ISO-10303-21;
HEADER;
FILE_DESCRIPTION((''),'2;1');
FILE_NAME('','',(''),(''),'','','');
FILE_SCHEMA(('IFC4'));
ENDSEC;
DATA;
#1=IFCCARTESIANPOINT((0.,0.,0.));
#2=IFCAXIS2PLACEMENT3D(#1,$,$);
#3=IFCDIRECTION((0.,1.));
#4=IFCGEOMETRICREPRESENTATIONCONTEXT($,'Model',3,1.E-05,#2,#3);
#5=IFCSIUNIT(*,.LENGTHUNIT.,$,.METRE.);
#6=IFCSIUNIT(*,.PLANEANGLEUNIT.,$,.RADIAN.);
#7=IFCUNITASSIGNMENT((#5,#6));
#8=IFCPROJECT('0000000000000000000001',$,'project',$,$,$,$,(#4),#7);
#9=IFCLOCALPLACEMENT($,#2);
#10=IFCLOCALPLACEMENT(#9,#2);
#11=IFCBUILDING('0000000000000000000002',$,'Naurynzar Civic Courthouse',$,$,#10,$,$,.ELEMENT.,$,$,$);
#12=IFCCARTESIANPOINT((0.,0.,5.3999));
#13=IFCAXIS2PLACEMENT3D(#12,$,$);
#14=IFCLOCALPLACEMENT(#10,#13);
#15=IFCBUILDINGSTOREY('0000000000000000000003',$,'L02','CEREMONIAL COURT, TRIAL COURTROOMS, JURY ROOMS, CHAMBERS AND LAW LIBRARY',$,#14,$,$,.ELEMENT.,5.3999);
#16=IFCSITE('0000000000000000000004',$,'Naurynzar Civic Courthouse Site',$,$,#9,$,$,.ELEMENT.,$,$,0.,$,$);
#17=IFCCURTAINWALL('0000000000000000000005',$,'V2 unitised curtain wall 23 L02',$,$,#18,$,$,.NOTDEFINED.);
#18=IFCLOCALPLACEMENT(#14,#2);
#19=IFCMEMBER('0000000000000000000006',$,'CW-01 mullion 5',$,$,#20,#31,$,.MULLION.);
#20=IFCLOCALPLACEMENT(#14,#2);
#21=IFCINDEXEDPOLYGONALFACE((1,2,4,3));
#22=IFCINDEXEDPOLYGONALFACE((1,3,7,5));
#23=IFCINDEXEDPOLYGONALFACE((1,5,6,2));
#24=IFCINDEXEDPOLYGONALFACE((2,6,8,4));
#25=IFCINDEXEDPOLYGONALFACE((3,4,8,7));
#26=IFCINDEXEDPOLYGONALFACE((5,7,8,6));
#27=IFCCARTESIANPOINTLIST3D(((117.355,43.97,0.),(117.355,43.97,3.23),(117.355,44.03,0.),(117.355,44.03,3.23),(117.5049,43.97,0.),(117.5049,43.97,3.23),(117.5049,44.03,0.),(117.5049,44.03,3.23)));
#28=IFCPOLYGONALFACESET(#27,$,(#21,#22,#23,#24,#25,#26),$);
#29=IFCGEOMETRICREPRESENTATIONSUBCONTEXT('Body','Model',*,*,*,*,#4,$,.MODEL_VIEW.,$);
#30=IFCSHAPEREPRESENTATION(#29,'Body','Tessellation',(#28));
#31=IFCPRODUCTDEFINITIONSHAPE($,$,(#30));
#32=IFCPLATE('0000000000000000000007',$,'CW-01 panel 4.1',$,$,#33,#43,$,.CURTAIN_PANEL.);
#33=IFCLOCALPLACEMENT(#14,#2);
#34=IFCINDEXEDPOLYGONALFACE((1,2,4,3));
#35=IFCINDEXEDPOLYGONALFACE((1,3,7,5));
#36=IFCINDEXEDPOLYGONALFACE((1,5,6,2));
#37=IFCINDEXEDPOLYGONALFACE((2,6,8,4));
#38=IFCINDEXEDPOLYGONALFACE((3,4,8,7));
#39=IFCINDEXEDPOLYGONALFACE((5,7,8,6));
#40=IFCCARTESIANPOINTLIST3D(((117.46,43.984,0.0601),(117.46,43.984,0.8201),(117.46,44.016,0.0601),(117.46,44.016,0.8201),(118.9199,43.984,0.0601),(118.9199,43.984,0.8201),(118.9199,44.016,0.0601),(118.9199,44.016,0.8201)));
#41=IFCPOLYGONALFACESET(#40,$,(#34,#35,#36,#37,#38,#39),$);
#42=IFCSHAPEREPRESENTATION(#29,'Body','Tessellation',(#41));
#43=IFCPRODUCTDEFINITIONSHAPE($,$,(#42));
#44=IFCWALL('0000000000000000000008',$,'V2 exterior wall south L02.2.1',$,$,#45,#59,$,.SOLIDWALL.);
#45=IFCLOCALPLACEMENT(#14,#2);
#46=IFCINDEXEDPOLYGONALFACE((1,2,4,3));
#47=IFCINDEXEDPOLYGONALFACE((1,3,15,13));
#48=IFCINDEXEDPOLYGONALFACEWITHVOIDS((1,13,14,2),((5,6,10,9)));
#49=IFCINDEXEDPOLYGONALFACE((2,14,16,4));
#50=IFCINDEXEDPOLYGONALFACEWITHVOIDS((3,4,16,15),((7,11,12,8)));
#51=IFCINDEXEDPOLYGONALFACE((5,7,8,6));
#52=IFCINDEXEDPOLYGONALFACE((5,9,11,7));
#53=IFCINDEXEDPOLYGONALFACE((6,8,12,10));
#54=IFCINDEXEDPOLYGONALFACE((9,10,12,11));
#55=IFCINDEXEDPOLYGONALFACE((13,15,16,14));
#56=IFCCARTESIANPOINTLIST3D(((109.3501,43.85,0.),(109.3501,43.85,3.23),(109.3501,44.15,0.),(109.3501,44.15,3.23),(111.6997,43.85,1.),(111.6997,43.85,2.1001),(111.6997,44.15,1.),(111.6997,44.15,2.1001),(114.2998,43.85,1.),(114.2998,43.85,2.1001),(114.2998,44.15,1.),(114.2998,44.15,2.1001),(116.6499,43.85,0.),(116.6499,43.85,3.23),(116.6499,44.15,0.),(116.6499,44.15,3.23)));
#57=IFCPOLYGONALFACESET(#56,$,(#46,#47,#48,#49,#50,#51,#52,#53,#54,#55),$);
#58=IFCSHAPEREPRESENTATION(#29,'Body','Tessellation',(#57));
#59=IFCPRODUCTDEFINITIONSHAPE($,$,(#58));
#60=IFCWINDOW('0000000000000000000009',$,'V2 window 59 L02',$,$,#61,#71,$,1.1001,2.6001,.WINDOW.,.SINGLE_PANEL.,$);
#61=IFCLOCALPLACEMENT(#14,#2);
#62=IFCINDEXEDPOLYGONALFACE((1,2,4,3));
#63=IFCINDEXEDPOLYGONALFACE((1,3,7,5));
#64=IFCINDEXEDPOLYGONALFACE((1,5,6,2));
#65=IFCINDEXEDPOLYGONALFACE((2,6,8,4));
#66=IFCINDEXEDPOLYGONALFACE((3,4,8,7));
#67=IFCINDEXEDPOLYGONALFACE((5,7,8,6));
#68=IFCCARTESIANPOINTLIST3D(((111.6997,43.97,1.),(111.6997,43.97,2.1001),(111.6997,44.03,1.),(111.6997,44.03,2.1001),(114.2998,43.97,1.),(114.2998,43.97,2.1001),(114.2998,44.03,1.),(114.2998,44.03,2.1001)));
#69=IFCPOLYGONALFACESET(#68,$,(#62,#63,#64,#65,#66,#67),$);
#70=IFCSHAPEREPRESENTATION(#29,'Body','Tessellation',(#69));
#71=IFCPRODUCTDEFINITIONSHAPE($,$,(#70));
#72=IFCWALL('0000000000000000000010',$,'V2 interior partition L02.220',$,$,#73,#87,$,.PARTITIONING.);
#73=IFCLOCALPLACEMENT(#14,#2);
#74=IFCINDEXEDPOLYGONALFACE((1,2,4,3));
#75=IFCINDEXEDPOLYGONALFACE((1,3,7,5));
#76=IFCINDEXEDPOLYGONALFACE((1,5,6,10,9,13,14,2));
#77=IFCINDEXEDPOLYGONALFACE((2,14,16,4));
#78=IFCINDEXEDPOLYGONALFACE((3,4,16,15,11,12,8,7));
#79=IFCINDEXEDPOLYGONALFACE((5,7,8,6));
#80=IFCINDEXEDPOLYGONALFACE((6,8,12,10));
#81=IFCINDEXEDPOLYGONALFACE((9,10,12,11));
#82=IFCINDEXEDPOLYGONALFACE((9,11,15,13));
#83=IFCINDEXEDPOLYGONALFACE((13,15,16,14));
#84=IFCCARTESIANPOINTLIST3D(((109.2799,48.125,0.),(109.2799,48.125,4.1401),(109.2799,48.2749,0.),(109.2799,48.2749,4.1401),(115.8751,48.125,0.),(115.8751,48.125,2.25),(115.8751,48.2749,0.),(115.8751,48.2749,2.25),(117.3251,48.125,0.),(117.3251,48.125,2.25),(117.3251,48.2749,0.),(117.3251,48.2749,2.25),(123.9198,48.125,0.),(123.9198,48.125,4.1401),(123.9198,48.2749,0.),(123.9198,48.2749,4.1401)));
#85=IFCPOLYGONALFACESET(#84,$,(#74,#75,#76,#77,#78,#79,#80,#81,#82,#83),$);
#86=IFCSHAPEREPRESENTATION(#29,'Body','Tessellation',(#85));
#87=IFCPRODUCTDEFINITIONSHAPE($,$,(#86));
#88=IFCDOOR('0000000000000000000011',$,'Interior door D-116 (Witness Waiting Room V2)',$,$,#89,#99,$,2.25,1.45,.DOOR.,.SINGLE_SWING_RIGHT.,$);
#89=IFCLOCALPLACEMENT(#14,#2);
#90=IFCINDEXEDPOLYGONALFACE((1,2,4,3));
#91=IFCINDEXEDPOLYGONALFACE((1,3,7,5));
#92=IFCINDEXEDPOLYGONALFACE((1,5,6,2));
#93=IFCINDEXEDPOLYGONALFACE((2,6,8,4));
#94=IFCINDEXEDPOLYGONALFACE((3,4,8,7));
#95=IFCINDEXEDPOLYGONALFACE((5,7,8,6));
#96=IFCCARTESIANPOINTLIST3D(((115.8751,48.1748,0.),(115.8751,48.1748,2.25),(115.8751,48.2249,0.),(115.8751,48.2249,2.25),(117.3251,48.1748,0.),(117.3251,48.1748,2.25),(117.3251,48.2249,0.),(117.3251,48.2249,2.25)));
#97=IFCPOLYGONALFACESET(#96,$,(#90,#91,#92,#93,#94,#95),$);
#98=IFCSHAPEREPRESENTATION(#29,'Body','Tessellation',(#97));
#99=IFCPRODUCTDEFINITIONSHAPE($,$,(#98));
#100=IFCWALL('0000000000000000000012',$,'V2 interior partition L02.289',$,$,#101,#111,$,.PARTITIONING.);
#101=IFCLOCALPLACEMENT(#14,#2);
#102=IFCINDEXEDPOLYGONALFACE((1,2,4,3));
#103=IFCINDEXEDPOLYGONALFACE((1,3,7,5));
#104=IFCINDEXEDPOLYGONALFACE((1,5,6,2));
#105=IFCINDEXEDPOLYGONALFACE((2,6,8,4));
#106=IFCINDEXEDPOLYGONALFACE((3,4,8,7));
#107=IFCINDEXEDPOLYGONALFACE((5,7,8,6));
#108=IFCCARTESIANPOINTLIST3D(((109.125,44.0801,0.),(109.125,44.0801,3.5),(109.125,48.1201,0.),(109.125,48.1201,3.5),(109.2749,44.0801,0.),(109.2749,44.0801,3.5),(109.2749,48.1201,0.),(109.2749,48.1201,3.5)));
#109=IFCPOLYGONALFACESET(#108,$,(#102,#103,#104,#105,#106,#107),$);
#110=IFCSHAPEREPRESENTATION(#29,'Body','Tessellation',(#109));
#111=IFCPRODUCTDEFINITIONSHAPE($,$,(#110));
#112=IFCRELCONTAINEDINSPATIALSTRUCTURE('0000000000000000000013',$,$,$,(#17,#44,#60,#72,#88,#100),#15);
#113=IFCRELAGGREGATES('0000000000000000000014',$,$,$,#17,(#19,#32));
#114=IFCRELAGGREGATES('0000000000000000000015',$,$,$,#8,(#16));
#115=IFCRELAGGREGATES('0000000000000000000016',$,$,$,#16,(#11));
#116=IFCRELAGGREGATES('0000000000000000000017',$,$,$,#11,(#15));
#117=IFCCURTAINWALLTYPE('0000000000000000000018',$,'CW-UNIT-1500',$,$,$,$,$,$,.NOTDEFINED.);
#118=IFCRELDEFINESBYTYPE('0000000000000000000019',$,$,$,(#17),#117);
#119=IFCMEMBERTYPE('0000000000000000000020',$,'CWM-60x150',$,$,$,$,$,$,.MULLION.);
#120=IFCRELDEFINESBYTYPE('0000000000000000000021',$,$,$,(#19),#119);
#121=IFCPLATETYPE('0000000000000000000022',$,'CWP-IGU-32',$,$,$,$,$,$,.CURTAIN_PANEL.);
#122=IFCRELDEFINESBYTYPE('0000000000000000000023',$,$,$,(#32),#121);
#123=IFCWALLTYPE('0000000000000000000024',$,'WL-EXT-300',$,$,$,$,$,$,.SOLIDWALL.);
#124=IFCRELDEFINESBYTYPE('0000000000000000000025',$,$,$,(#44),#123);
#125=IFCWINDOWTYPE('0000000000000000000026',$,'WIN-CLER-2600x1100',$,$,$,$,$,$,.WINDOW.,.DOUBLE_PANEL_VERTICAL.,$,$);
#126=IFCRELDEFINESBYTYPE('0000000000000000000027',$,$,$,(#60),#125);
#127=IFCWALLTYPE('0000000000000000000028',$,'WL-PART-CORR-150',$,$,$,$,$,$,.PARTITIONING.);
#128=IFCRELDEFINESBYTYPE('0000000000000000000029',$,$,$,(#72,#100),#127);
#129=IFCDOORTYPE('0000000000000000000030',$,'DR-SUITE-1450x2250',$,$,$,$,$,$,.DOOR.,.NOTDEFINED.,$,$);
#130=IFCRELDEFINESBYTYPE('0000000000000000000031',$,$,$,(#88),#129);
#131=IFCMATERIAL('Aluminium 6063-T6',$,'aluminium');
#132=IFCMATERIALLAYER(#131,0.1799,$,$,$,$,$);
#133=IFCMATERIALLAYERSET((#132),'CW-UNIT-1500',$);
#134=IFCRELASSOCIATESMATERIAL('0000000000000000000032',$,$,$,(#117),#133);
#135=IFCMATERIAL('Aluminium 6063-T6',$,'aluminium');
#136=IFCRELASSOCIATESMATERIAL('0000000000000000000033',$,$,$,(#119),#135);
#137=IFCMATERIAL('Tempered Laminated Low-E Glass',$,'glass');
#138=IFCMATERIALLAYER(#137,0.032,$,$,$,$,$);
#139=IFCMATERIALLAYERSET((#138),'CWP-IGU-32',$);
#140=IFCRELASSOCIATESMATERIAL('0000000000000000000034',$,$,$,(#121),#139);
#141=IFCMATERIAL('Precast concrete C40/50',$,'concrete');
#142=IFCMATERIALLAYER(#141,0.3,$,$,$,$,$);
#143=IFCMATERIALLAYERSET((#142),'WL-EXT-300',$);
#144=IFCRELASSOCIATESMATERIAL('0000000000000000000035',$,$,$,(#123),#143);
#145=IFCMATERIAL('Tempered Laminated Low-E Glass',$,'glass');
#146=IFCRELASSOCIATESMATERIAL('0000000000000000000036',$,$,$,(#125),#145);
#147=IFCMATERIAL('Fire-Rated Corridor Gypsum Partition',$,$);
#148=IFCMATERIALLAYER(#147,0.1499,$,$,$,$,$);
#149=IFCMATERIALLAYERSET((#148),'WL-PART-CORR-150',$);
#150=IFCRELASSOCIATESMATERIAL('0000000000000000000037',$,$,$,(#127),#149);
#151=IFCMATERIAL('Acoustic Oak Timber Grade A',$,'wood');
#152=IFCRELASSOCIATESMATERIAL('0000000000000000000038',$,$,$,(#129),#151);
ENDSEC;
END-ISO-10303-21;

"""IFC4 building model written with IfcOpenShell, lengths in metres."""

from ifc_helpers import new_model, si_unit, direction, frame, frame_2d, origin, origin_2d, place, context, subcontext, project, spatial, rectangle, extrude, material, layer, layer_set, material_profile, profile_set, type_object, element, fill, aggregate, save


model = new_model("IFC4")

# Units and contexts
model_context = context("Model", 3, precision=1e-05, world=origin(), true_north=direction((0.0, 1.0)))
body_context = subcontext(model_context, "Body", "Model", "MODEL_VIEW")
ifc_project = project(units=[si_unit("LENGTHUNIT", "METRE"), si_unit("PLANEANGLEUNIT", "RADIAN")], contexts=[model_context])

# Site, building, storey
site_placement = place(None, origin())
site = spatial("IfcSite", under=ifc_project, at=site_placement, Name="Naurynzar Civic Courthouse Site", CompositionType="ELEMENT", RefElevation=0.0)
building_placement = place(site_placement, origin())
building = spatial("IfcBuilding", under=site, at=building_placement, Name="Naurynzar Civic Courthouse", CompositionType="ELEMENT")
storey_placement = place(building_placement, frame((0.0, 0.0, 5.3999)))
storey = spatial("IfcBuildingStorey", under=building, at=storey_placement, Name="L02", Description="CEREMONIAL COURT, TRIAL COURTROOMS, JURY ROOMS, CHAMBERS AND LAW LIBRARY", CompositionType="ELEMENT", Elevation=5.3999)

# Curtain wall, member, plate
ifc_material_1 = material(Name="Aluminium 6063-T6", Category="aluminium")
ifc_layer_1 = layer(ifc_material_1, 0.1799)
ifc_layer_set_1 = layer_set([ifc_layer_1], Name="CW-UNIT-1500")
curtain_wall_type = type_object("IfcCurtainWallType", Name="CW-UNIT-1500", PredefinedType="NOTDEFINED", material=ifc_layer_set_1)
curtain_wall_placement = place(storey_placement, origin())
curtain_wall = element("IfcCurtainWall", 1, at=curtain_wall_placement, inside=storey, type_object=curtain_wall_type, Name="V2 unitised curtain wall 23 L02", PredefinedType="NOTDEFINED")
ifc_material_2 = material(Name="Aluminium 6063-T6", Category="aluminium")
ifc_material_profile_1 = material_profile(ifc_material_2, rectangle(XDim=0.0601, YDim=0.1499, at=origin_2d()), Name="ALU MULLION 60x150")
ifc_profile_set_1 = profile_set([ifc_material_profile_1], Name="Aluminium 6063-T6")
member_type = type_object("IfcMemberType", Name="CWM-60x150", PredefinedType="MULLION", material=ifc_profile_set_1)
member_placement = place(storey_placement, frame((117.4299, 44.0, 0.0), z_axis=(0.0, 0.0, 1.0), x_axis=(0.0, -1.0, 0.0)))
member = element("IfcMember", 2, at=member_placement, type_object=member_type, Name="CW-01 mullion 5", PredefinedType="MULLION", context=body_context, shape_type="SweptSolid", body=[
    extrude(rectangle(XDim=0.0601, YDim=0.1499, at=origin_2d()), origin(), (0.0, 0.0, 1.0), 3.23),
])
ifc_material_3 = material(Name="Tempered Laminated Low-E Glass", Category="glass")
ifc_layer_2 = layer(ifc_material_3, 0.032)
ifc_layer_set_2 = layer_set([ifc_layer_2], Name="CWP-IGU-32")
plate_type = type_object("IfcPlateType", Name="CWP-IGU-32", PredefinedType="CURTAIN_PANEL", material=ifc_layer_set_2)
plate_placement = place(storey_placement, frame((118.1899, 44.0, 0.0601), z_axis=(0.0, 0.0, 1.0), x_axis=(-1.0, 0.0, 0.0)))
plate = element("IfcPlate", 3, at=plate_placement, type_object=plate_type, Name="CW-01 panel 4.1", PredefinedType="CURTAIN_PANEL", context=body_context, shape_type="SweptSolid", body=[
    extrude(rectangle(XDim=1.46, YDim=0.032, at=origin_2d()), origin(), (0.0, 0.0, 1.0), 0.76),
])
aggregate(curtain_wall, [member, plate])

# Wall, opening, window
ifc_material_4 = material(Name="Precast concrete C40/50", Category="concrete")
ifc_layer_3 = layer(ifc_material_4, 0.3)
ifc_layer_set_3 = layer_set([ifc_layer_3], Name="WL-EXT-300")
wall_type_1 = type_object("IfcWallType", Name="WL-EXT-300", PredefinedType="SOLIDWALL", material=ifc_layer_set_3)
wall_1_placement = place(storey_placement, frame((116.6499, 44.0, 0.0), z_axis=(0.0, 0.0, 1.0), x_axis=(-1.0, 0.0, 0.0)))
wall_1 = element("IfcWall", 4, at=wall_1_placement, inside=storey, type_object=wall_type_1, Name="V2 exterior wall south L02.2.1", PredefinedType="SOLIDWALL", context=body_context, shape_type="SweptSolid", body=[
    extrude(rectangle(XDim=7.2998, YDim=0.3, at=frame_2d((3.6499, 0.0))), origin(), (0.0, 0.0, 1.0), 3.23),
])
opening_1_placement = place(wall_1_placement, frame((2.3501, 0.0, 1.0)))
opening_1 = element("IfcOpeningElement", 5, at=opening_1_placement, cuts=wall_1, PredefinedType="OPENING", context=body_context, shape_type="SweptSolid", body=[
    extrude(rectangle(XDim=2.6001, YDim=1.1001, at=frame_2d((1.3, 0.55))), frame((0.0, 0.1599, 0.0), z_axis=(0.0, -1.0, 0.0), x_axis=(1.0, 0.0, 0.0)), (0.0, 0.0, 1.0), 0.3201),
])
ifc_material_5 = material(Name="Tempered Laminated Low-E Glass", Category="glass")
window_type = type_object("IfcWindowType", Name="WIN-CLER-2600x1100", PartitioningType="DOUBLE_PANEL_VERTICAL", PredefinedType="WINDOW", material=ifc_material_5)
window_placement = place(opening_1_placement, origin())
window = element("IfcWindow", 6, at=window_placement, inside=storey, type_object=window_type, Name="V2 window 59 L02", OverallHeight=1.1001, OverallWidth=2.6001, PartitioningType="SINGLE_PANEL", PredefinedType="WINDOW", context=body_context, shape_type="SweptSolid", body=[
    extrude(rectangle(XDim=2.6001, YDim=1.1001, at=frame_2d((1.3, 0.55))), frame((0.0, 0.03, 0.0), z_axis=(0.0, -1.0, 0.0), x_axis=(1.0, 0.0, 0.0)), (0.0, 0.0, 1.0), 0.0601),
])
fill(opening_1, window)

# Wall, opening, door
ifc_material_6 = material(Name="Fire-Rated Corridor Gypsum Partition")
ifc_layer_4 = layer(ifc_material_6, 0.1499)
ifc_layer_set_4 = layer_set([ifc_layer_4], Name="WL-PART-CORR-150")
wall_type_2 = type_object("IfcWallType", Name="WL-PART-CORR-150", PredefinedType="PARTITIONING", material=ifc_layer_set_4)
wall_2_placement = place(storey_placement, frame((109.28, 48.2, 0.0), z_axis=(0.0, 0.0, 1.0), x_axis=(1.0, 0.0, 0.0)))
wall_2 = element("IfcWall", 7, at=wall_2_placement, inside=storey, type_object=wall_type_2, Name="V2 interior partition L02.220", PredefinedType="PARTITIONING", context=body_context, shape_type="SweptSolid", body=[
    extrude(rectangle(XDim=14.6399, YDim=0.1499, at=frame_2d((7.3198, 0.0))), origin(), (0.0, 0.0, 1.0), 4.1401),
])
opening_2_placement = place(wall_2_placement, frame((6.595, 0.0, 0.0)))
opening_2 = element("IfcOpeningElement", 8, at=opening_2_placement, cuts=wall_2, PredefinedType="OPENING", context=body_context, shape_type="SweptSolid", body=[
    extrude(rectangle(XDim=1.45, YDim=2.25, at=frame_2d((0.7251, 1.125))), frame((0.0, 0.085, 0.0), z_axis=(0.0, -1.0, 0.0), x_axis=(1.0, 0.0, 0.0)), (0.0, 0.0, 1.0), 0.1699),
])
ifc_material_7 = material(Name="Acoustic Oak Timber Grade A", Category="wood")
door_type = type_object("IfcDoorType", Name="DR-SUITE-1450x2250", OperationType="NOTDEFINED", PredefinedType="DOOR", material=ifc_material_7)
door_placement = place(opening_2_placement, origin())
door = element("IfcDoor", 9, at=door_placement, inside=storey, type_object=door_type, Name="Interior door D-116 (Witness Waiting Room V2)", OperationType="SINGLE_SWING_RIGHT", OverallHeight=2.25, OverallWidth=1.45, PredefinedType="DOOR", context=body_context, shape_type="SweptSolid", body=[
    extrude(rectangle(XDim=1.45, YDim=2.25, at=frame_2d((0.7251, 1.125))), frame((0.0, 0.0249, 0.0), z_axis=(0.0, -1.0, 0.0), x_axis=(1.0, 0.0, 0.0)), (0.0, 0.0, 1.0), 0.05),
])
fill(opening_2, door)

# Wall
wall_3_placement = place(storey_placement, frame((109.2, 44.0801, 0.0), z_axis=(0.0, 0.0, 1.0), x_axis=(0.0, 1.0, 0.0)))
element("IfcWall", 10, at=wall_3_placement, inside=storey, type_object=wall_type_2, Name="V2 interior partition L02.289", PredefinedType="PARTITIONING", context=body_context, shape_type="SweptSolid", body=[
    extrude(rectangle(XDim=4.04, YDim=0.1499, at=frame_2d((2.02, 0.0))), origin(), (0.0, 0.0, 1.0), 3.5),
])

save(model, "model.ifc")
